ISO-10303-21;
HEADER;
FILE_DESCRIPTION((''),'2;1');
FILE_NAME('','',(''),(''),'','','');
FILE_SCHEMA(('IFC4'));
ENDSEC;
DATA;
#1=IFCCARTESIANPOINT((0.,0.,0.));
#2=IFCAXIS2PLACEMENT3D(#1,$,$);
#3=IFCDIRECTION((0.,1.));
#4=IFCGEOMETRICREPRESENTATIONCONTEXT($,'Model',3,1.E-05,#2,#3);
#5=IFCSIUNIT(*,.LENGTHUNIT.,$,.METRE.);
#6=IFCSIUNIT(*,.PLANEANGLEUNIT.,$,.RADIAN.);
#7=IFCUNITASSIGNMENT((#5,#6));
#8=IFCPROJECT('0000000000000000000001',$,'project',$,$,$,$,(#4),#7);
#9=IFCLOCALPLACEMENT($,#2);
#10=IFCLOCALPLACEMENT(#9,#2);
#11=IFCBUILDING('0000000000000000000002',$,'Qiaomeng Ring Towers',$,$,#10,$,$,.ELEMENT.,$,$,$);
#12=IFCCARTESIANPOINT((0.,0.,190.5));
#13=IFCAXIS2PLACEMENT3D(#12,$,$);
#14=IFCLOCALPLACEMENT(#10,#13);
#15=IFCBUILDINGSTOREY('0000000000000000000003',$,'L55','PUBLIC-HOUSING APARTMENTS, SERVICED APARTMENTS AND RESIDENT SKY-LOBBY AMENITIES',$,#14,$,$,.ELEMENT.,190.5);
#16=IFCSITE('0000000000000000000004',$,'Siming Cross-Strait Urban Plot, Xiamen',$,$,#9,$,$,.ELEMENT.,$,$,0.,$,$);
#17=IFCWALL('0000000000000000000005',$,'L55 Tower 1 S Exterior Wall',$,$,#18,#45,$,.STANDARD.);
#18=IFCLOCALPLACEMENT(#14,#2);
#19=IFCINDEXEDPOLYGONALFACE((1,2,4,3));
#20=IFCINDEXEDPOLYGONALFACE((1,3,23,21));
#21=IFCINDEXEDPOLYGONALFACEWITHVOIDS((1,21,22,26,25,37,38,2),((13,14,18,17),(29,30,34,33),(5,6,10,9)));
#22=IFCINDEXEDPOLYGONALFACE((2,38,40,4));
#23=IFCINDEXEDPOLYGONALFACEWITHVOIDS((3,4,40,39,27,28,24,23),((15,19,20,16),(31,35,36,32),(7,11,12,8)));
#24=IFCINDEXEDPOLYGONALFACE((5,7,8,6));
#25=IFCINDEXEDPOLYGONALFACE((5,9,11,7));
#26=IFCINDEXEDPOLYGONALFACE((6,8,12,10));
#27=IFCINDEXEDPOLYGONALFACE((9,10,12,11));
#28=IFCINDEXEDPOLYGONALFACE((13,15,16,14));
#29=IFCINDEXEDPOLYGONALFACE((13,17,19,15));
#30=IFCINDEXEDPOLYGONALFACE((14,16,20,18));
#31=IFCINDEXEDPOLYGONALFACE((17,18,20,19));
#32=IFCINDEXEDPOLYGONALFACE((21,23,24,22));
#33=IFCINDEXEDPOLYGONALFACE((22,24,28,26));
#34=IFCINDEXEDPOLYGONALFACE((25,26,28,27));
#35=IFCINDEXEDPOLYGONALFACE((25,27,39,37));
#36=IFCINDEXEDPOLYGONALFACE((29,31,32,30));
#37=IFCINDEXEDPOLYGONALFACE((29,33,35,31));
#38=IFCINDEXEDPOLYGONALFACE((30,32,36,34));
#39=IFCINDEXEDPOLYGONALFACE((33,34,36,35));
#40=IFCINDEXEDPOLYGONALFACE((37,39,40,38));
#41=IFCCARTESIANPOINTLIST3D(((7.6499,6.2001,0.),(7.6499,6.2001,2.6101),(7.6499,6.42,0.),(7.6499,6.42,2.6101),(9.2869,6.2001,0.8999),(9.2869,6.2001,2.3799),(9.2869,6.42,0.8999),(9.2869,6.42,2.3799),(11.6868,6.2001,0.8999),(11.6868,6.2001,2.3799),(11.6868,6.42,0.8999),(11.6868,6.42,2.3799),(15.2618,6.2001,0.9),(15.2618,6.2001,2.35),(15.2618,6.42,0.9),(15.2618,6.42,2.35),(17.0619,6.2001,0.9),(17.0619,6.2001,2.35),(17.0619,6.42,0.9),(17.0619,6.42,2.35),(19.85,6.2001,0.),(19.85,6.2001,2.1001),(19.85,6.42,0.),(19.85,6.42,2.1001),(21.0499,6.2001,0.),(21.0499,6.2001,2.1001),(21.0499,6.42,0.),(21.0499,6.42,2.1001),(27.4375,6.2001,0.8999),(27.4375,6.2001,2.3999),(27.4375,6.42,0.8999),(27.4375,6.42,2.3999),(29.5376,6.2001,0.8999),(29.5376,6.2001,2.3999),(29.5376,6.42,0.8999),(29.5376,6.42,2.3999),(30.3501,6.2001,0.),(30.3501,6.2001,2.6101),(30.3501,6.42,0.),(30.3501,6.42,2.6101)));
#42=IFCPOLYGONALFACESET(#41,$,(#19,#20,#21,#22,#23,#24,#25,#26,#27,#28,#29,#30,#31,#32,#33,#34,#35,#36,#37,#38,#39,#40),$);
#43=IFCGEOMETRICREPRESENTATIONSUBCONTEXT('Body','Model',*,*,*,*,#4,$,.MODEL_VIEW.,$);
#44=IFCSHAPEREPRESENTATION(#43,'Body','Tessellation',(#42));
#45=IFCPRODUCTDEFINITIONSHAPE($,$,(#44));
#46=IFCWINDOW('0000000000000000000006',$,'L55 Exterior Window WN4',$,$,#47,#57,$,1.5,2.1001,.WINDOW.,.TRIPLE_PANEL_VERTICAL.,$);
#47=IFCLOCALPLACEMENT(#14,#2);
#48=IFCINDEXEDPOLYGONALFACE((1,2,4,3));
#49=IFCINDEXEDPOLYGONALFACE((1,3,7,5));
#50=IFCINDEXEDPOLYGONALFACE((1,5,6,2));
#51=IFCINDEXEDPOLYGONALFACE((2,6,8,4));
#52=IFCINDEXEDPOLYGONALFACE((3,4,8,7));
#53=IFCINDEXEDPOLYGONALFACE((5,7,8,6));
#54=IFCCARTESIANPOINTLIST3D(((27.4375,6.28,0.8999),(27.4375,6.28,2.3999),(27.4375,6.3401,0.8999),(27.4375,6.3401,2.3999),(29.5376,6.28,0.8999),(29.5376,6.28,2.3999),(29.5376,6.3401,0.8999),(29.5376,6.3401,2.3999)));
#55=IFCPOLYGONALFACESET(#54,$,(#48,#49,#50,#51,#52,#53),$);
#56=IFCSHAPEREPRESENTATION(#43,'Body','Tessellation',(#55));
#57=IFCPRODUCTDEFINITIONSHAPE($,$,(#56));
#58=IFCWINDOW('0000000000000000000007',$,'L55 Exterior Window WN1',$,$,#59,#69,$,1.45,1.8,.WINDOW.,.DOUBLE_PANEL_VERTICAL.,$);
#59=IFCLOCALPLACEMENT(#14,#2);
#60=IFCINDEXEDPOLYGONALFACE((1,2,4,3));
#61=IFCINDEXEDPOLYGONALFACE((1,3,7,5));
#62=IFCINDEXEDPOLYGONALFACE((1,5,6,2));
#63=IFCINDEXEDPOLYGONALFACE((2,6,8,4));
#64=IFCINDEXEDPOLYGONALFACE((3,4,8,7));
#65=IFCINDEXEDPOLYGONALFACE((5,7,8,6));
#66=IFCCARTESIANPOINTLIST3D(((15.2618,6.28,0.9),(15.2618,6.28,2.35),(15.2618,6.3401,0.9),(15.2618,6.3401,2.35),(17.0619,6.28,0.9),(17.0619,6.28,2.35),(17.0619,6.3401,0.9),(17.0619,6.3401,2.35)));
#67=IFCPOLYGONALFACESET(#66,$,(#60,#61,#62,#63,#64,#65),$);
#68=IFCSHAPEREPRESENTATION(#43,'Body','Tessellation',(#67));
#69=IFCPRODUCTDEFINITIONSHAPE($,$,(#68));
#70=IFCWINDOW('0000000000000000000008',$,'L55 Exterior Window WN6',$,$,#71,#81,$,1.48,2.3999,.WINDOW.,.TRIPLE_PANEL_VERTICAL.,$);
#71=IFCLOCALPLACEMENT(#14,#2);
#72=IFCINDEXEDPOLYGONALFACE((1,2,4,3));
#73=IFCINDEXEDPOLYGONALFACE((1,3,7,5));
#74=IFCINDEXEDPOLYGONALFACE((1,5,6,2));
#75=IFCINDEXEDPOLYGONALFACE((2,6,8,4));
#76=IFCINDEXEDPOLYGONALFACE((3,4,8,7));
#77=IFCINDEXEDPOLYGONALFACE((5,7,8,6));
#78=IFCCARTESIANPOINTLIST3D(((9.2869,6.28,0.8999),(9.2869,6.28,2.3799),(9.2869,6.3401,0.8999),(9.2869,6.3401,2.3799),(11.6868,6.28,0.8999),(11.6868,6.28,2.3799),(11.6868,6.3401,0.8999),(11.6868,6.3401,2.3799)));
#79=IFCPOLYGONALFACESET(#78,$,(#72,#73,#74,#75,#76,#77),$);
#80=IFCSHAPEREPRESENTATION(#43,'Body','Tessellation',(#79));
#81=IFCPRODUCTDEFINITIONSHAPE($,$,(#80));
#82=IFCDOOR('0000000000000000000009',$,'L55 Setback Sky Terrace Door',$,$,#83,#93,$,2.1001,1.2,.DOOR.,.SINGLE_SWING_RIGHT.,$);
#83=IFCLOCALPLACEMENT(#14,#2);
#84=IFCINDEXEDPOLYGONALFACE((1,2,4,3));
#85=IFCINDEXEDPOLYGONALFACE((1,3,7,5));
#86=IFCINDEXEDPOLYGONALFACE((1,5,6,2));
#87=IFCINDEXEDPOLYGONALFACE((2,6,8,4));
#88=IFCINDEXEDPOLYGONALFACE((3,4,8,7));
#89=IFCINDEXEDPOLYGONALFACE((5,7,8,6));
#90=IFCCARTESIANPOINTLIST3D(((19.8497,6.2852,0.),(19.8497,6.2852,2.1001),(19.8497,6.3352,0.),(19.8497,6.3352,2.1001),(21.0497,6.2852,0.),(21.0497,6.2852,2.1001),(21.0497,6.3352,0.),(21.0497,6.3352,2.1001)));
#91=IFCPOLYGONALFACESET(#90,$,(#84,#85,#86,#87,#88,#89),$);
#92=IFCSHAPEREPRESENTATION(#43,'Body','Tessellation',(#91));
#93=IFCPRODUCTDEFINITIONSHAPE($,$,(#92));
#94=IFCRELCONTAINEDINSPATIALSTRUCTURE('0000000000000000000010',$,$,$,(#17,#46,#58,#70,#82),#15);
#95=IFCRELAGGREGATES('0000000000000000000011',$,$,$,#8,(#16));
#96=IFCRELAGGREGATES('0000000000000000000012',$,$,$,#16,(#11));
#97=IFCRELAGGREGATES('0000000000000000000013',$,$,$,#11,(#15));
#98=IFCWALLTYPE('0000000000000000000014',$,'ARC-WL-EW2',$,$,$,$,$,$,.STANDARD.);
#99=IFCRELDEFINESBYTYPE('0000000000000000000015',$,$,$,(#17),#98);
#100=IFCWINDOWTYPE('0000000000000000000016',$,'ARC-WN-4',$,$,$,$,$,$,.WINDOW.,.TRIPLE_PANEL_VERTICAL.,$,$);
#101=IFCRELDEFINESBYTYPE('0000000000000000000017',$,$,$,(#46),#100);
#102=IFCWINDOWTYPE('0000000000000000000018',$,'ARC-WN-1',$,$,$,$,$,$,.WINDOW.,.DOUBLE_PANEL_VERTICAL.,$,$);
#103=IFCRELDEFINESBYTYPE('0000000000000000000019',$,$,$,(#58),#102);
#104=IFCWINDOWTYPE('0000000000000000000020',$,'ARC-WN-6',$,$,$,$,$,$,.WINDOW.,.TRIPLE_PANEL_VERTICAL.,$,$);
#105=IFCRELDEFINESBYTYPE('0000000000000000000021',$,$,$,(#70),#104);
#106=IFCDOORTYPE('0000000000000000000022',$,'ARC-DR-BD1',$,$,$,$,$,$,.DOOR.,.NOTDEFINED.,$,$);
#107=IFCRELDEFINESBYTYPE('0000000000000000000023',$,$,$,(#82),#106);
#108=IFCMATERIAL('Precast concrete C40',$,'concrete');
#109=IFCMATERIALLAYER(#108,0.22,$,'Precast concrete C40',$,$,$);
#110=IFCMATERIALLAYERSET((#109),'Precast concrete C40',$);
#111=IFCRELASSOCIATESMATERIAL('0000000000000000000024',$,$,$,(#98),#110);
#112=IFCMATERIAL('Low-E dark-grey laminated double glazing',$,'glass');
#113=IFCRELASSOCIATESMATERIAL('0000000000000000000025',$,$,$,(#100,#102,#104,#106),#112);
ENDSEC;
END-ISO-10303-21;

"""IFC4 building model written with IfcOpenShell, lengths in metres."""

from ifc_helpers import new_model, si_unit, direction, frame, frame_2d, origin, place, context, subcontext, project, spatial, rectangle, extrude, source, transform, mapped, material, layer, layer_set, type_object, element, fill, save


model = new_model("IFC4")

# Units and contexts
model_context = context("Model", 3, precision=1e-05, world=origin(), true_north=direction((0.0, 1.0)))
body_context = subcontext(model_context, "Body", "Model", "MODEL_VIEW")
ifc_project = project(units=[si_unit("LENGTHUNIT", "METRE"), si_unit("PLANEANGLEUNIT", "RADIAN")], contexts=[model_context])

# Site, building, storey
site_placement = place(None, origin())
site = spatial("IfcSite", under=ifc_project, at=site_placement, Name="Siming Cross-Strait Urban Plot, Xiamen", CompositionType="ELEMENT", RefElevation=0.0)
building_placement = place(site_placement, origin())
building = spatial("IfcBuilding", under=site, at=building_placement, Name="Qiaomeng Ring Towers", CompositionType="ELEMENT")
storey_placement = place(building_placement, frame((0.0, 0.0, 190.5)))
storey = spatial("IfcBuildingStorey", under=building, at=storey_placement, Name="L55", Description="PUBLIC-HOUSING APARTMENTS, SERVICED APARTMENTS AND RESIDENT SKY-LOBBY AMENITIES", CompositionType="ELEMENT", Elevation=190.5)

# Shared definitions
ifc_material_1 = material(Name="Low-E dark-grey laminated double glazing", Category="glass")

# Wall, openings, windows, door
ifc_material_2 = material(Name="Precast concrete C40", Category="concrete")
ifc_layer_1 = layer(ifc_material_2, 0.22, Name="Precast concrete C40")
ifc_layer_set_1 = layer_set([ifc_layer_1], Name="Precast concrete C40")
wall_type = type_object("IfcWallType", Name="ARC-WL-EW2", PredefinedType="STANDARD", material=ifc_layer_set_1)
wall_placement = place(storey_placement, frame((7.6499, 6.3101, 0.0), z_axis=(0.0, 0.0, 1.0), x_axis=(1.0, 0.0, 0.0)))
wall = element("IfcWall", 1, at=wall_placement, inside=storey, type_object=wall_type, Name="L55 Tower 1 S Exterior Wall", PredefinedType="STANDARD", context=body_context, shape_type="SweptSolid", body=[
    extrude(rectangle(XDim=22.7002, YDim=0.22, at=frame_2d((11.3501, 0.0))), origin(), (0.0, 0.0, 1.0), 2.6101),
])
opening_1_placement = place(wall_placement, frame((12.2, 0.0, 0.0)))
opening_1 = element("IfcOpeningElement", 2, at=opening_1_placement, cuts=wall, PredefinedType="OPENING", context=body_context, shape_type="SweptSolid", body=[
    extrude(rectangle(XDim=1.2, YDim=2.1001, at=frame_2d((0.6001, 1.05))), frame((0.0, 0.1199, 0.0), z_axis=(0.0, -1.0, 0.0), x_axis=(1.0, 0.0, 0.0)), (0.0, 0.0, 1.0), 0.24),
])
opening_2_placement = place(wall_placement, frame((1.637, 0.0, 0.8999)))
opening_2 = element("IfcOpeningElement", 3, at=opening_2_placement, cuts=wall, PredefinedType="OPENING", context=body_context, shape_type="SweptSolid", body=[
    extrude(rectangle(XDim=2.3999, YDim=1.48, at=frame_2d((1.2, 0.74))), frame((0.0, 0.1199, 0.0), z_axis=(0.0, -1.0, 0.0), x_axis=(1.0, 0.0, 0.0)), (0.0, 0.0, 1.0), 0.24),
])
opening_3_placement = place(wall_placement, frame((7.6121, 0.0, 0.8999)))
opening_3 = element("IfcOpeningElement", 4, at=opening_3_placement, cuts=wall, PredefinedType="OPENING", context=body_context, shape_type="SweptSolid", body=[
    extrude(rectangle(XDim=1.8, YDim=1.45, at=frame_2d((0.8999, 0.7251))), frame((0.0, 0.1199, 0.0), z_axis=(0.0, -1.0, 0.0), x_axis=(1.0, 0.0, 0.0)), (0.0, 0.0, 1.0), 0.24),
])
opening_4_placement = place(wall_placement, frame((19.7876, 0.0, 0.8999)))
opening_4 = element("IfcOpeningElement", 5, at=opening_4_placement, cuts=wall, PredefinedType="OPENING", context=body_context, shape_type="SweptSolid", body=[
    extrude(rectangle(XDim=2.1001, YDim=1.5, at=frame_2d((1.05, 0.75))), frame((0.0, 0.1199, 0.0), z_axis=(0.0, -1.0, 0.0), x_axis=(1.0, 0.0, 0.0)), (0.0, 0.0, 1.0), 0.24),
])
window_type_1 = type_object("IfcWindowType", Name="ARC-WN-4", PartitioningType="TRIPLE_PANEL_VERTICAL", PredefinedType="WINDOW", material=ifc_material_1)
shared_shape_1 = source(origin(), body_context, "Body", "SweptSolid", [
    extrude(rectangle(XDim=2.1001, YDim=1.5, at=frame_2d((1.05, 0.75))), frame((0.0, 0.03, 0.0), z_axis=(0.0, -1.0, 0.0), x_axis=(1.0, 0.0, 0.0)), (0.0, 0.0, 1.0), 0.0601),
])
window_1_placement = place(opening_4_placement, origin())
window_1 = element("IfcWindow", 6, at=window_1_placement, inside=storey, type_object=window_type_1, Name="L55 Exterior Window WN4", OverallHeight=1.5, OverallWidth=2.1001, PartitioningType="TRIPLE_PANEL_VERTICAL", PredefinedType="WINDOW", context=body_context, shape_type="MappedRepresentation", body=[
    mapped(shared_shape_1, transform((0.0, 0.0, 0.0), x_axis=(1.0, 0.0, 0.0), y_axis=(0.0, 1.0, 0.0), z_axis=(0.0, 0.0, 1.0), scale=1.0)),
])
fill(opening_4, window_1)
window_type_2 = type_object("IfcWindowType", Name="ARC-WN-1", PartitioningType="DOUBLE_PANEL_VERTICAL", PredefinedType="WINDOW", material=ifc_material_1)
shared_shape_2 = source(origin(), body_context, "Body", "SweptSolid", [
    extrude(rectangle(XDim=1.8, YDim=1.45, at=frame_2d((0.8999, 0.7251))), frame((0.0, 0.03, 0.0), z_axis=(0.0, -1.0, 0.0), x_axis=(1.0, 0.0, 0.0)), (0.0, 0.0, 1.0), 0.0601),
])
window_2_placement = place(opening_3_placement, origin())
window_2 = element("IfcWindow", 7, at=window_2_placement, inside=storey, type_object=window_type_2, Name="L55 Exterior Window WN1", OverallHeight=1.45, OverallWidth=1.8, PartitioningType="DOUBLE_PANEL_VERTICAL", PredefinedType="WINDOW", context=body_context, shape_type="MappedRepresentation", body=[
    mapped(shared_shape_2, transform((0.0, 0.0, 0.0), x_axis=(1.0, 0.0, 0.0), y_axis=(0.0, 1.0, 0.0), z_axis=(0.0, 0.0, 1.0), scale=1.0)),
])
fill(opening_3, window_2)
window_type_3 = type_object("IfcWindowType", Name="ARC-WN-6", PartitioningType="TRIPLE_PANEL_VERTICAL", PredefinedType="WINDOW", material=ifc_material_1)
shared_shape_3 = source(origin(), body_context, "Body", "SweptSolid", [
    extrude(rectangle(XDim=2.3999, YDim=1.48, at=frame_2d((1.2, 0.74))), frame((0.0, 0.03, 0.0), z_axis=(0.0, -1.0, 0.0), x_axis=(1.0, 0.0, 0.0)), (0.0, 0.0, 1.0), 0.0601),
])
window_3_placement = place(opening_2_placement, origin())
window_3 = element("IfcWindow", 8, at=window_3_placement, inside=storey, type_object=window_type_3, Name="L55 Exterior Window WN6", OverallHeight=1.48, OverallWidth=2.3999, PartitioningType="TRIPLE_PANEL_VERTICAL", PredefinedType="WINDOW", context=body_context, shape_type="MappedRepresentation", body=[
    mapped(shared_shape_3, transform((0.0, 0.0, 0.0), x_axis=(1.0, 0.0, 0.0), y_axis=(0.0, 1.0, 0.0), z_axis=(0.0, 0.0, 1.0), scale=1.0)),
])
fill(opening_2, window_3)
door_type = type_object("IfcDoorType", Name="ARC-DR-BD1", OperationType="NOTDEFINED", PredefinedType="DOOR", material=ifc_material_1)
shared_shape_4 = source(origin(), body_context, "Body", "SweptSolid", [
    extrude(rectangle(XDim=1.2, YDim=2.1001, at=frame_2d((0.6001, 1.05))), frame((0.0, 0.0249, 0.0), z_axis=(0.0, -1.0, 0.0), x_axis=(1.0, 0.0, 0.0)), (0.0, 0.0, 1.0), 0.05),
])
door_placement = place(opening_1_placement, frame((1.2, 0.0, 0.0), z_axis=(0.0, 0.0, 1.0), x_axis=(-1.0, 0.0, 0.0)))
door = element("IfcDoor", 9, at=door_placement, inside=storey, type_object=door_type, Name="L55 Setback Sky Terrace Door", OperationType="SINGLE_SWING_RIGHT", OverallHeight=2.1001, OverallWidth=1.2, PredefinedType="DOOR", context=body_context, shape_type="MappedRepresentation", body=[
    mapped(shared_shape_4, transform((0.0, 0.0, 0.0), x_axis=(1.0, 0.0, 0.0), y_axis=(0.0, 1.0, 0.0), z_axis=(0.0, 0.0, 1.0), scale=1.0)),
])
fill(opening_1, door)

save(model, "model.ifc")
